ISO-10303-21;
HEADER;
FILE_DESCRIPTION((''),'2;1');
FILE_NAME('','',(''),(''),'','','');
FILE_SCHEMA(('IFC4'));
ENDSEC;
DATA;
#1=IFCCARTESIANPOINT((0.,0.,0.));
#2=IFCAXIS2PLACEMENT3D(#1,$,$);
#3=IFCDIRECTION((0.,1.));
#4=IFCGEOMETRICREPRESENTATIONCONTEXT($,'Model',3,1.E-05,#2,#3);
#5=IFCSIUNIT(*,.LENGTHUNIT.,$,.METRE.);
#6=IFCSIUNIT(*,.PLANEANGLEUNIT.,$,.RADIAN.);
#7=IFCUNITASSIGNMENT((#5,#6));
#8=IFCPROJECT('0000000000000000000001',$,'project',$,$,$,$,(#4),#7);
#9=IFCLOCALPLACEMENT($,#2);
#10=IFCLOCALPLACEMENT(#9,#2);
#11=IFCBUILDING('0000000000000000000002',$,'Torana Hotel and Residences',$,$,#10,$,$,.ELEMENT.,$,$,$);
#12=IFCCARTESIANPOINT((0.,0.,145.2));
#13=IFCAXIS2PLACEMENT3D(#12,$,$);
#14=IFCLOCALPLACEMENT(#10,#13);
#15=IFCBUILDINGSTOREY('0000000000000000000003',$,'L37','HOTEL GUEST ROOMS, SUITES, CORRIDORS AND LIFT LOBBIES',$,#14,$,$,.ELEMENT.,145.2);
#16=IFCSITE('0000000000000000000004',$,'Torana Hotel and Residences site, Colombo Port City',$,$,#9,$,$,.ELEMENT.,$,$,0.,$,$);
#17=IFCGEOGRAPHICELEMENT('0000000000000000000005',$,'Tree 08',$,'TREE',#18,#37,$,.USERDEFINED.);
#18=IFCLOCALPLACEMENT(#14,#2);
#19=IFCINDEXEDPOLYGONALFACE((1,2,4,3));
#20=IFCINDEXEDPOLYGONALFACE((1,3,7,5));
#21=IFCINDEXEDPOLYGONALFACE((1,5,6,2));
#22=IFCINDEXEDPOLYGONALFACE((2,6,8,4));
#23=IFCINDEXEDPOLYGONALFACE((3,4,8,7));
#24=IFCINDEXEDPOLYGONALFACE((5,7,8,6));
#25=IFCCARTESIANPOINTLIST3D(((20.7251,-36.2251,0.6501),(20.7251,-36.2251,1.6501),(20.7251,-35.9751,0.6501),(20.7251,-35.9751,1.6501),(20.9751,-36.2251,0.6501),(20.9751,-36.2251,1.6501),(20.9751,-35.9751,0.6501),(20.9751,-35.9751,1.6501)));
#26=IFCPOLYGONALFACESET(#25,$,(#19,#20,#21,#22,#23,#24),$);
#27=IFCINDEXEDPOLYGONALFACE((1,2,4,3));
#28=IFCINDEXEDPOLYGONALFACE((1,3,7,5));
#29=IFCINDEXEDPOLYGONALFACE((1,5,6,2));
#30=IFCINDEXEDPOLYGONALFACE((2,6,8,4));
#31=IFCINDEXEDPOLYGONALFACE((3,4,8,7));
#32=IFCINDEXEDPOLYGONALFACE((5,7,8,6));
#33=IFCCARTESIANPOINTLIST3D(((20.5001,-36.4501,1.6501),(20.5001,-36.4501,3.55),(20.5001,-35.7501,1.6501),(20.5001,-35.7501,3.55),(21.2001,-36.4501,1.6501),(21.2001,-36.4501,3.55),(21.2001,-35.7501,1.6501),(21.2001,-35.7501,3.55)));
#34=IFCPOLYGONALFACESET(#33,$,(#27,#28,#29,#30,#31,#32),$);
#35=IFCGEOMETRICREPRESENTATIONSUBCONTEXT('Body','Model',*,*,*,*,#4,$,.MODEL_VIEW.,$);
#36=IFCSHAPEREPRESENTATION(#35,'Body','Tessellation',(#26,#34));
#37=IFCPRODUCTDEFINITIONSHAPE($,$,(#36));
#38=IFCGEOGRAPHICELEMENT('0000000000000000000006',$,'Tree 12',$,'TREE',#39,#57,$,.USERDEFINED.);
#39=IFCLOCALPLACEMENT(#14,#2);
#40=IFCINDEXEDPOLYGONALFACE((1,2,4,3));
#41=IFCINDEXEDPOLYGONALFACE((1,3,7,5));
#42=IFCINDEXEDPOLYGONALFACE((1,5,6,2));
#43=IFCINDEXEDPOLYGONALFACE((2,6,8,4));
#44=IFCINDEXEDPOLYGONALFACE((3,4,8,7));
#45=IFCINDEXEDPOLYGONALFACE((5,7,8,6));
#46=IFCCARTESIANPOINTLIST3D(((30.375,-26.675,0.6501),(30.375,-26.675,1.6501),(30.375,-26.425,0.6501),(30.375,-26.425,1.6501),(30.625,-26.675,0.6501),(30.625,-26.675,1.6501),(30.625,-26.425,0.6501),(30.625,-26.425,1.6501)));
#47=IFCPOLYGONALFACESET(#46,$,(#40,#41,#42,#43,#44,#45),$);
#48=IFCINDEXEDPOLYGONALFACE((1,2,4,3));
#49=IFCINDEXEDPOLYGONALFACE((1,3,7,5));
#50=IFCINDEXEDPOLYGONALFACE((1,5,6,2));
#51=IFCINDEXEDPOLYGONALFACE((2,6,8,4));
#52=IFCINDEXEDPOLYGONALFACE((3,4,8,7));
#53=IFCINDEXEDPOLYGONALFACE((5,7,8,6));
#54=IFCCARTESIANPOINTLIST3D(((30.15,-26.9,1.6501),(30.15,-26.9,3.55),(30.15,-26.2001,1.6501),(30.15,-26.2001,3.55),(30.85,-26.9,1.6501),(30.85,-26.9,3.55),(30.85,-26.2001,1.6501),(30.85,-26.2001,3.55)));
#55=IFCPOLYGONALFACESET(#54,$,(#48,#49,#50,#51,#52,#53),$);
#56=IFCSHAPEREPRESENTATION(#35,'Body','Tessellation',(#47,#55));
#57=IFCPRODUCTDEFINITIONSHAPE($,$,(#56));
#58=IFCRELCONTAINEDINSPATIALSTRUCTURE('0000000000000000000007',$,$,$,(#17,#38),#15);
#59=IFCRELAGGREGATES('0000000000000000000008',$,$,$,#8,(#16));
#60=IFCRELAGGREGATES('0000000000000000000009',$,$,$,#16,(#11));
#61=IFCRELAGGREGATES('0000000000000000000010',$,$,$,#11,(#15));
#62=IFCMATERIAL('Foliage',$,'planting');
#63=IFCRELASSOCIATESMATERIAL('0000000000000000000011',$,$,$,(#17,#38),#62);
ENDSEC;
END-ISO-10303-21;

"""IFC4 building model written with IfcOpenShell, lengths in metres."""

from ifc_helpers import new_model, si_unit, direction, frame, origin, origin_2d, place, context, subcontext, project, spatial, rectangle, extrude, material, element, save


model = new_model("IFC4")

# Units and contexts
model_context = context("Model", 3, precision=1e-05, world=origin(), true_north=direction((0.0, 1.0)))
body_context = subcontext(model_context, "Body", "Model", "MODEL_VIEW")
ifc_project = project(units=[si_unit("LENGTHUNIT", "METRE"), si_unit("PLANEANGLEUNIT", "RADIAN")], contexts=[model_context])

# Site, building, storey
site_placement = place(None, origin())
site = spatial("IfcSite", under=ifc_project, at=site_placement, Name="Torana Hotel and Residences site, Colombo Port City", CompositionType="ELEMENT", RefElevation=0.0)
building_placement = place(site_placement, origin())
building = spatial("IfcBuilding", under=site, at=building_placement, Name="Torana Hotel and Residences", CompositionType="ELEMENT")
storey_placement = place(building_placement, frame((0.0, 0.0, 145.2)))
storey = spatial("IfcBuildingStorey", under=building, at=storey_placement, Name="L37", Description="HOTEL GUEST ROOMS, SUITES, CORRIDORS AND LIFT LOBBIES", CompositionType="ELEMENT", Elevation=145.2)

# Geographic elements
ifc_material_1 = material(Name="Foliage", Category="planting")
for number, where, z_axis, x_axis, name in (
    (1, (20.8501, -36.1001, 0.6501), (0.0, 0.0, 1.0), (1.0, 0.0, 0.0), "Tree 08"),
    (2, (30.5, -26.55, 0.6501), (0.0, 0.0, 1.0), (1.0, 0.0, 0.0), "Tree 12"),
):
    element("IfcGeographicElement", number, at=place(storey_placement, frame(where, z_axis=z_axis, x_axis=x_axis)), inside=storey, material=ifc_material_1, Name=name, ObjectType="TREE", PredefinedType="USERDEFINED", context=body_context, shape_type="SweptSolid", body=[
        extrude(rectangle(XDim=0.25, YDim=0.25, at=origin_2d()), origin(), (0.0, 0.0, 1.0), 1.0),
        extrude(rectangle(XDim=0.7, YDim=0.7, at=origin_2d()), frame((0.0, 0.0, 1.0)), (0.0, 0.0, 1.0), 1.8999),
    ])

save(model, "model.ifc")
